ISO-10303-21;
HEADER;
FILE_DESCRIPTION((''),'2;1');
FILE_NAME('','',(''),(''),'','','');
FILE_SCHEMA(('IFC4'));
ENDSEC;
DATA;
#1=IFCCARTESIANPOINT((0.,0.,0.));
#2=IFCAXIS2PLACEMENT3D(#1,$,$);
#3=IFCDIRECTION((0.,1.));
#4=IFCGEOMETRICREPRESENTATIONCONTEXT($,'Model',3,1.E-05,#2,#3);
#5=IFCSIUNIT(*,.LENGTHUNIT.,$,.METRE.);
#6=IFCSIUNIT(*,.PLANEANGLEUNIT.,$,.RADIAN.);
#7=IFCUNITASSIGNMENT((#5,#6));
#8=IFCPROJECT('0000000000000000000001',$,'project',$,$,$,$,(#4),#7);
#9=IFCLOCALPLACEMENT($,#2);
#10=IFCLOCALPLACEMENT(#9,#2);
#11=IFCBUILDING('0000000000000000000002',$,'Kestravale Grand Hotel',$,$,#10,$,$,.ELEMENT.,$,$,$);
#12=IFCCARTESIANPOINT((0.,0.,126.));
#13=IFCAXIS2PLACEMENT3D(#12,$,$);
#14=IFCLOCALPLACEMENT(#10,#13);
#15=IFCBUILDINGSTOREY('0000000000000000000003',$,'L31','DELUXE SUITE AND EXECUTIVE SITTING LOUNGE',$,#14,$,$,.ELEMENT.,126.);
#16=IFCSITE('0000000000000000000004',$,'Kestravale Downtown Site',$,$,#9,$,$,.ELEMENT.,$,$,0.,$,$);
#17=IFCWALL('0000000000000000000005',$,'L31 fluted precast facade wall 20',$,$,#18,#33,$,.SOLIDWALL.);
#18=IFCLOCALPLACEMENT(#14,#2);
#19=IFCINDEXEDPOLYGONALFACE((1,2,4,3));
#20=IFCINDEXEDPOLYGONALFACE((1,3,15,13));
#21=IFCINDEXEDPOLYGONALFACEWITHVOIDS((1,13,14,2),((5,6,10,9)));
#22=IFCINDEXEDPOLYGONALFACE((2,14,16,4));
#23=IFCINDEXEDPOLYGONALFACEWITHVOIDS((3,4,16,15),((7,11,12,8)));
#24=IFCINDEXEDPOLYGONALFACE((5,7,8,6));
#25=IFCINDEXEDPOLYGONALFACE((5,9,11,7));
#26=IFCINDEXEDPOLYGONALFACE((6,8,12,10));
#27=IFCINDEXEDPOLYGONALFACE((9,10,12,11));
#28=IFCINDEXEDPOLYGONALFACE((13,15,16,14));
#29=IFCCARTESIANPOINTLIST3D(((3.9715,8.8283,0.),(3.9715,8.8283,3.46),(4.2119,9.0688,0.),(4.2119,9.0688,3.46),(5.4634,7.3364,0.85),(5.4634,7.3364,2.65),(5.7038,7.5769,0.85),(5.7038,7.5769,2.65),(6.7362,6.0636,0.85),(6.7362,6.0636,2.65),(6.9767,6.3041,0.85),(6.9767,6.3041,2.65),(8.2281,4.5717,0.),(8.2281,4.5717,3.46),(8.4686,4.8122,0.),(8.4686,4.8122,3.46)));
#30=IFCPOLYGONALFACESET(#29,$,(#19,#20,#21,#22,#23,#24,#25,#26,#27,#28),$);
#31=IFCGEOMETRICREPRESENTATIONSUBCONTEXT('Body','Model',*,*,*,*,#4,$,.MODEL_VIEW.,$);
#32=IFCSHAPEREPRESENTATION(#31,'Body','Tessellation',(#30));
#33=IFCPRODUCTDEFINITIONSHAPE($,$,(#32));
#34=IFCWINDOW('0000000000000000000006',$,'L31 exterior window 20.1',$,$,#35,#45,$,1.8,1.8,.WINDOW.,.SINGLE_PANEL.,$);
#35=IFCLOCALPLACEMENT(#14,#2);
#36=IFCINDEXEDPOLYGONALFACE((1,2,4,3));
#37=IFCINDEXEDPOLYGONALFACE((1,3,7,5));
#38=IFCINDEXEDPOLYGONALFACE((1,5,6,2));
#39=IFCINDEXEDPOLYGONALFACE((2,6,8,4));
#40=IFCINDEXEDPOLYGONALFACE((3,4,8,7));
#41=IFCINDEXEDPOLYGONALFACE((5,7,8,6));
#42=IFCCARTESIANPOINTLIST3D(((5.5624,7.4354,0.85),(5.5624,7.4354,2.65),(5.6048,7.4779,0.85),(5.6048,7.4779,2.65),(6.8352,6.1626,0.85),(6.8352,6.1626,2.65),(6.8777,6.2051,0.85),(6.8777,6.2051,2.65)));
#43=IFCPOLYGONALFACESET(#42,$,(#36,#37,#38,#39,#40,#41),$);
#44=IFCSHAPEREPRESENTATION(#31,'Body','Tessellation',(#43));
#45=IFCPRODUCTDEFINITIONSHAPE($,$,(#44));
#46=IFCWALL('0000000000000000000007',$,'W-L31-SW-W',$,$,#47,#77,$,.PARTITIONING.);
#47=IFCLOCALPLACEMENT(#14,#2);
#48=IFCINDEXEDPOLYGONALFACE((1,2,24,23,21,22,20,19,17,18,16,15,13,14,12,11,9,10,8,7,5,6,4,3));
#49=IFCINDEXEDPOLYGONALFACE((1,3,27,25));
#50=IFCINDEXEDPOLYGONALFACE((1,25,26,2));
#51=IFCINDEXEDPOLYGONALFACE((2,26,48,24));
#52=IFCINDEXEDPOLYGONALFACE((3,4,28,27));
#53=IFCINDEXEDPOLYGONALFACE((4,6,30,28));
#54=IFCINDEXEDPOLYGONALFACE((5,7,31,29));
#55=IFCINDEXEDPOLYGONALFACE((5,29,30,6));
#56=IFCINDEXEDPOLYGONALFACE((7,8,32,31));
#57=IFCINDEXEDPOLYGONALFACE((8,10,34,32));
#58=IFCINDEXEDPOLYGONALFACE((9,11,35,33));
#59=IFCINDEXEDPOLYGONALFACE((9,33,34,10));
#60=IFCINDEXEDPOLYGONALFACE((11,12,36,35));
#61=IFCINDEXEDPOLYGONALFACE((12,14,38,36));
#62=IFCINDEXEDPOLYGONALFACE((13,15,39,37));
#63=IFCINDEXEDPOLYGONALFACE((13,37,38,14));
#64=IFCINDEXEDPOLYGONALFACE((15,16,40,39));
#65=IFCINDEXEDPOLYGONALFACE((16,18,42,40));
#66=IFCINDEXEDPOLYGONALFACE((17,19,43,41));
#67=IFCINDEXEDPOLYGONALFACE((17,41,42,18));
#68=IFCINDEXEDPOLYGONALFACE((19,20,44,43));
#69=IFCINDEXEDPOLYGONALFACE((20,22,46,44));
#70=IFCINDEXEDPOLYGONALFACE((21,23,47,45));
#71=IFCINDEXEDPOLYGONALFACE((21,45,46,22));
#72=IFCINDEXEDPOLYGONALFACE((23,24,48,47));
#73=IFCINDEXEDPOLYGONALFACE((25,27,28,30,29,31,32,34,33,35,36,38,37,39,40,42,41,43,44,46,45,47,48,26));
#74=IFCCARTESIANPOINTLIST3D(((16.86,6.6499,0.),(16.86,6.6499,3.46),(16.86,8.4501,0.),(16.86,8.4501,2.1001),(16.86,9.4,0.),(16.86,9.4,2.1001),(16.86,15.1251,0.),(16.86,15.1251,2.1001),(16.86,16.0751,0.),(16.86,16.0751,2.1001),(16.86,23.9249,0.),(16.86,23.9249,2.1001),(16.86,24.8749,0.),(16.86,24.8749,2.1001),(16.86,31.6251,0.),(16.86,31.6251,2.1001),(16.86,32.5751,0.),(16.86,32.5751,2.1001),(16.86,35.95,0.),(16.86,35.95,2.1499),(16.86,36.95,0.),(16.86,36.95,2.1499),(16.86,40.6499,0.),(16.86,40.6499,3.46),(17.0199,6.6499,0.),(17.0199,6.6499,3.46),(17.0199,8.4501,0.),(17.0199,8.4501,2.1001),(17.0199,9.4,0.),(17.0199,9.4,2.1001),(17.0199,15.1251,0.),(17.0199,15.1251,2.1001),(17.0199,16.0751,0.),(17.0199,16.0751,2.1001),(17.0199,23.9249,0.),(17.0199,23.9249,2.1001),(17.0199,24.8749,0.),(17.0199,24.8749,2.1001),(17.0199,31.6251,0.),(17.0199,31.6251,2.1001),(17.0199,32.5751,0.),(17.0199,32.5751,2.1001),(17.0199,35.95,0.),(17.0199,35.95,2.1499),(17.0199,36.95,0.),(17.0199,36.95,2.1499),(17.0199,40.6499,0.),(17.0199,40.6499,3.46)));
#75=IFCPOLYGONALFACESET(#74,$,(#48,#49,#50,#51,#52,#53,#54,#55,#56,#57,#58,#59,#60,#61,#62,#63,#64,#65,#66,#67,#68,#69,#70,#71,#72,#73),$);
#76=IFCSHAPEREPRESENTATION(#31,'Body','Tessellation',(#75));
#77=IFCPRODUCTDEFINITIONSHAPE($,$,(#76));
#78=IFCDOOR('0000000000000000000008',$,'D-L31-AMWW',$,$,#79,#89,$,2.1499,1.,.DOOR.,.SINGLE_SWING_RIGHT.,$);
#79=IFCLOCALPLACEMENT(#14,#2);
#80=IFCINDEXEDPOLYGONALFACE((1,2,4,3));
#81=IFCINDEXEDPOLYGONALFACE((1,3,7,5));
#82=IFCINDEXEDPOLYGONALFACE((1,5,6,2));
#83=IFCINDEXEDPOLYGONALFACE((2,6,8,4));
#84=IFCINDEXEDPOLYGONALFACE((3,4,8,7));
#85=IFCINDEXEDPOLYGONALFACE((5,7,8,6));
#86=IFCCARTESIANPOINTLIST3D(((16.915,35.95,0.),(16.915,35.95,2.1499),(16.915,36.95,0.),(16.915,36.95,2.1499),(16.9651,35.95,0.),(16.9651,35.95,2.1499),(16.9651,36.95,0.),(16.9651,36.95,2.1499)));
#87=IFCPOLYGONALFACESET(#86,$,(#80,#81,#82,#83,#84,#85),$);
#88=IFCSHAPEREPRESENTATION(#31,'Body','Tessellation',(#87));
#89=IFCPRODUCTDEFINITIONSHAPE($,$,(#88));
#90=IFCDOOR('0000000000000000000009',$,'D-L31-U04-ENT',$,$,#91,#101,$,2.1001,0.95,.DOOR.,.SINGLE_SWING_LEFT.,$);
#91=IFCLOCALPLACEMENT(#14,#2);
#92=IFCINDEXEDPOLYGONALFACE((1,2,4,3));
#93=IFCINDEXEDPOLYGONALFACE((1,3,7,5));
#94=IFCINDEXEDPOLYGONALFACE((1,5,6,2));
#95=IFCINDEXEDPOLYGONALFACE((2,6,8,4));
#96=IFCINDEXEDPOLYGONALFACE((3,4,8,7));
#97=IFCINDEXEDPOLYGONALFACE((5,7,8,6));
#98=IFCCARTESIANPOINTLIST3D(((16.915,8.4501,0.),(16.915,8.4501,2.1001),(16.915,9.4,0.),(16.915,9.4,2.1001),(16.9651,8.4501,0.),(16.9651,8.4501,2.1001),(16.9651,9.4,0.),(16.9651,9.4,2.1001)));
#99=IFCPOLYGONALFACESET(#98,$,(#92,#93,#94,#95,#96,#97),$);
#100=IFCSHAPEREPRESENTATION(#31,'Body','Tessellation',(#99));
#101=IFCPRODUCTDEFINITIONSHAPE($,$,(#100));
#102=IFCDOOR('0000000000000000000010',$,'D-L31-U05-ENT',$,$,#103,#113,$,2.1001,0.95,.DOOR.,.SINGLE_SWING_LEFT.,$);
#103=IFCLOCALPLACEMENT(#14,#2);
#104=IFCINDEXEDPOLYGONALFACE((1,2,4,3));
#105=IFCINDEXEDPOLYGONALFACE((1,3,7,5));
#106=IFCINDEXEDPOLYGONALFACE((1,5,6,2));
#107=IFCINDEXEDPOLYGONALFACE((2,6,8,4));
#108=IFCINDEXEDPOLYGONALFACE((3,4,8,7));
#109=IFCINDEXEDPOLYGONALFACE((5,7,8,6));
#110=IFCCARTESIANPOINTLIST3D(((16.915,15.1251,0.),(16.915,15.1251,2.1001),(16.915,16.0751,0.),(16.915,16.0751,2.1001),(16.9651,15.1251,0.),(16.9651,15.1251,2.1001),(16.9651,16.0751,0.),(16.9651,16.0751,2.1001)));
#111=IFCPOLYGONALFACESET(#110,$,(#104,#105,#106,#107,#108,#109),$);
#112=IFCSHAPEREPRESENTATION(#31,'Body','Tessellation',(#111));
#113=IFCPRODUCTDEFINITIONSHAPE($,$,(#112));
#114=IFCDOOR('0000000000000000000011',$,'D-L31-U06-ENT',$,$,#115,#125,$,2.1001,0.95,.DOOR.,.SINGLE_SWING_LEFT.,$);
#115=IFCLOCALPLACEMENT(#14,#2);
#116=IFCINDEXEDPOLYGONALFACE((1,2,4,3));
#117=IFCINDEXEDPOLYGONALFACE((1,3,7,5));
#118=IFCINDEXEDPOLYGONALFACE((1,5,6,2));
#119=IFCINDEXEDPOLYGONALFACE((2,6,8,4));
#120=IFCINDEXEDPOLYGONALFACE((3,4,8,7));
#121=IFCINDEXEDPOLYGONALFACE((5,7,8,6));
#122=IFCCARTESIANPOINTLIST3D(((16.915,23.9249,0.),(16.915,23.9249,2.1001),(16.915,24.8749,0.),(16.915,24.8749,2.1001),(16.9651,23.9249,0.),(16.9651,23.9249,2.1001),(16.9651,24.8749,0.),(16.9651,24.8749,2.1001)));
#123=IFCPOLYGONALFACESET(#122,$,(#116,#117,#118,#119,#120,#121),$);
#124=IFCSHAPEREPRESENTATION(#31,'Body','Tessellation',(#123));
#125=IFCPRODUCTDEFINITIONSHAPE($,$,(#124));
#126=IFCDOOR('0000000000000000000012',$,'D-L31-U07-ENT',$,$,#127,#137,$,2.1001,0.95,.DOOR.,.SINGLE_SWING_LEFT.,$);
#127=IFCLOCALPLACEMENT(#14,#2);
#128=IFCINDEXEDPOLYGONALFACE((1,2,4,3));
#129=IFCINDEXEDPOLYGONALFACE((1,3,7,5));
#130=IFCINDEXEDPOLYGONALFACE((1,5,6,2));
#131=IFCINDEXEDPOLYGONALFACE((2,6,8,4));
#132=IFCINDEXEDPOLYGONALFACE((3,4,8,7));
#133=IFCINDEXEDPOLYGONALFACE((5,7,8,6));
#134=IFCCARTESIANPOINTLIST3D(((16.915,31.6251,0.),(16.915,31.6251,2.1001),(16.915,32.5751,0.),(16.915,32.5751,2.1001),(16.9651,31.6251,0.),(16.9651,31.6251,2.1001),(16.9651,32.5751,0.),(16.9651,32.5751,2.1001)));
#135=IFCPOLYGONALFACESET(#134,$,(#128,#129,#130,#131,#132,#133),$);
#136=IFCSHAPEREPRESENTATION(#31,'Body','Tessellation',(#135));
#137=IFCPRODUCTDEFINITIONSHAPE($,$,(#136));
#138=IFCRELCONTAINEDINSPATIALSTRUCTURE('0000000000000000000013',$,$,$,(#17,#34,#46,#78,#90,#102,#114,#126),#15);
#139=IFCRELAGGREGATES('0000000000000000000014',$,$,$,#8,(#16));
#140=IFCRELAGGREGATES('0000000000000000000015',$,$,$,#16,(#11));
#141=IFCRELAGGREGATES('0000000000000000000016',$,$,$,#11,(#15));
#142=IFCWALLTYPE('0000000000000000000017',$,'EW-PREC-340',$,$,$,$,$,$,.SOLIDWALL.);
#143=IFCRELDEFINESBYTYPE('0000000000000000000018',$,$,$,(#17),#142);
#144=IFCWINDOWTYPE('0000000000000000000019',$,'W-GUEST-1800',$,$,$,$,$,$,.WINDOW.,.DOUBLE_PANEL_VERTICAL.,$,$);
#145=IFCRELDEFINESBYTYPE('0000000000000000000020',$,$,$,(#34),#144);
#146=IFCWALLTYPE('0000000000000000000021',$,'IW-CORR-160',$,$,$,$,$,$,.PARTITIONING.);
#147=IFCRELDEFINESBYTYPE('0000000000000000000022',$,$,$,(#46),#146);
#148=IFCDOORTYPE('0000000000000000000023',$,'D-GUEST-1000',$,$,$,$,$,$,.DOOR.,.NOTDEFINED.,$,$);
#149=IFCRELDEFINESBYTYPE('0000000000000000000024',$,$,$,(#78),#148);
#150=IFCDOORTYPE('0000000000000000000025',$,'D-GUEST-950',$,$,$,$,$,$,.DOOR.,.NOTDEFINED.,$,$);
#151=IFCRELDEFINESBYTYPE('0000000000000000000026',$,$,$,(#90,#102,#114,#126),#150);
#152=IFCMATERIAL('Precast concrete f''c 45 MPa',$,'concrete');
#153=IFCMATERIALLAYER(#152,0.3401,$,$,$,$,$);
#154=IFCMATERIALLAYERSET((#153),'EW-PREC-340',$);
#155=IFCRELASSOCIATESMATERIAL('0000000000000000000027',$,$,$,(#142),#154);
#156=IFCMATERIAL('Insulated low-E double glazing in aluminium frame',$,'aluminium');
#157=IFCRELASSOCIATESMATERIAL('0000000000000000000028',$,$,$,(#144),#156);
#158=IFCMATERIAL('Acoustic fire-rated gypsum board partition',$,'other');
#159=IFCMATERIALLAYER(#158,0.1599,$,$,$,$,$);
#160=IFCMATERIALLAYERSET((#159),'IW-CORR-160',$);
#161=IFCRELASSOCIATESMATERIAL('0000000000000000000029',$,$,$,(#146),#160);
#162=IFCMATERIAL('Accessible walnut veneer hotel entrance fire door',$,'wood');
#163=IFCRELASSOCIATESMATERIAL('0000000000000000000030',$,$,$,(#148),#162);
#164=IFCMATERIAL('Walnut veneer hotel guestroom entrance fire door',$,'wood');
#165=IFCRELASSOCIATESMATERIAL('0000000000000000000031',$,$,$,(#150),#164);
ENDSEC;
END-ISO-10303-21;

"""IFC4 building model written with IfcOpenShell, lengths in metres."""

from ifc_helpers import new_model, si_unit, direction, frame, frame_2d, origin, place, context, subcontext, project, spatial, rectangle, extrude, material, layer, layer_set, type_object, element, fill, save


model = new_model("IFC4")

# Units and contexts
model_context = context("Model", 3, precision=1e-05, world=origin(), true_north=direction((0.0, 1.0)))
body_context = subcontext(model_context, "Body", "Model", "MODEL_VIEW")
ifc_project = project(units=[si_unit("LENGTHUNIT", "METRE"), si_unit("PLANEANGLEUNIT", "RADIAN")], contexts=[model_context])

# Site, building, storey
site_placement = place(None, origin())
site = spatial("IfcSite", under=ifc_project, at=site_placement, Name="Kestravale Downtown Site", CompositionType="ELEMENT", RefElevation=0.0)
building_placement = place(site_placement, origin())
building = spatial("IfcBuilding", under=site, at=building_placement, Name="Kestravale Grand Hotel", CompositionType="ELEMENT")
storey_placement = place(building_placement, frame((0.0, 0.0, 126.0)))
storey = spatial("IfcBuildingStorey", under=building, at=storey_placement, Name="L31", Description="DELUXE SUITE AND EXECUTIVE SITTING LOUNGE", CompositionType="ELEMENT", Elevation=126.0)

# Wall, opening, window
ifc_material_1 = material(Name="Precast concrete f'c 45 MPa", Category="concrete")
ifc_layer_1 = layer(ifc_material_1, 0.3401)
ifc_layer_set_1 = layer_set([ifc_layer_1], Name="EW-PREC-340")
wall_type_1 = type_object("IfcWallType", Name="EW-PREC-340", PredefinedType="SOLIDWALL", material=ifc_layer_set_1)
ifc_material_2 = material(Name="Insulated low-E double glazing in aluminium frame", Category="aluminium")
window_type = type_object("IfcWindowType", Name="W-GUEST-1800", PartitioningType="DOUBLE_PANEL_VERTICAL", PredefinedType="WINDOW", material=ifc_material_2)
wall_1_placement = place(storey_placement, frame((4.0918, 8.9485, 0.0), z_axis=(0.0, 0.0, 1.0), x_axis=(0.707107, -0.707107, 0.0)))
wall_1 = element("IfcWall", 1, at=wall_1_placement, inside=storey, type_object=wall_type_1, Name="L31 fluted precast facade wall 20", PredefinedType="SOLIDWALL", context=body_context, shape_type="SweptSolid", body=[
    extrude(rectangle(XDim=6.0198, YDim=0.3401, at=frame_2d((3.0098, 0.0))), origin(), (0.0, 0.0, 1.0), 3.46),
])
opening_1_placement = place(wall_1_placement, frame((2.1099, 0.0, 0.8501)))
opening_1 = element("IfcOpeningElement", 2, at=opening_1_placement, cuts=wall_1, PredefinedType="OPENING", context=body_context, shape_type="SweptSolid", body=[
    extrude(rectangle(XDim=1.8, YDim=1.8, at=frame_2d((0.8999, 0.8999))), frame((0.0, 0.1799, 0.0), z_axis=(0.0, -1.0, 0.0), x_axis=(1.0, 0.0, 0.0)), (0.0, 0.0, 1.0), 0.3601),
])
window_1_placement = place(opening_1_placement, origin())
window_1 = element("IfcWindow", 3, at=window_1_placement, inside=storey, type_object=window_type, Name="L31 exterior window 20.1", OverallHeight=1.8, OverallWidth=1.8, PartitioningType="SINGLE_PANEL", PredefinedType="WINDOW", context=body_context, shape_type="SweptSolid", body=[
    extrude(rectangle(XDim=1.8, YDim=1.8, at=frame_2d((0.8999, 0.8999))), frame((0.0, 0.03, 0.0), z_axis=(0.0, -1.0, 0.0), x_axis=(1.0, 0.0, 0.0)), (0.0, 0.0, 1.0), 0.0601),
])
fill(opening_1, window_1)

# Wall, openings, doors
ifc_material_3 = material(Name="Acoustic fire-rated gypsum board partition", Category="other")
ifc_layer_2 = layer(ifc_material_3, 0.1599)
ifc_layer_set_2 = layer_set([ifc_layer_2], Name="IW-CORR-160")
wall_type_2 = type_object("IfcWallType", Name="IW-CORR-160", PredefinedType="PARTITIONING", material=ifc_layer_set_2)
wall_2_placement = place(storey_placement, frame((16.9399, 6.6499, 0.0), z_axis=(0.0, 0.0, 1.0), x_axis=(0.0, 1.0, 0.0)))
wall_2 = element("IfcWall", 4, at=wall_2_placement, inside=storey, type_object=wall_type_2, Name="W-L31-SW-W", PredefinedType="PARTITIONING", context=body_context, shape_type="SweptSolid", body=[
    extrude(rectangle(XDim=34.0, YDim=0.1599, at=frame_2d((17.0, 0.0))), origin(), (0.0, 0.0, 1.0), 3.46),
])
opening_2_placement = place(wall_2_placement, frame((1.8, 0.0, 0.0)))
opening_2 = element("IfcOpeningElement", 5, at=opening_2_placement, cuts=wall_2, PredefinedType="OPENING", context=body_context, shape_type="SweptSolid", body=[
    extrude(rectangle(XDim=0.95, YDim=2.1001, at=frame_2d((0.4751, 1.05))), frame((0.0, 0.0898, 0.0), z_axis=(0.0, -1.0, 0.0), x_axis=(1.0, 0.0, 0.0)), (0.0, 0.0, 1.0), 0.1799),
])
opening_3_placement = place(wall_2_placement, frame((8.4751, 0.0, 0.0)))
opening_3 = element("IfcOpeningElement", 6, at=opening_3_placement, cuts=wall_2, PredefinedType="OPENING", context=body_context, shape_type="SweptSolid", body=[
    extrude(rectangle(XDim=0.95, YDim=2.1001, at=frame_2d((0.4751, 1.05))), frame((0.0, 0.0898, 0.0), z_axis=(0.0, -1.0, 0.0), x_axis=(1.0, 0.0, 0.0)), (0.0, 0.0, 1.0), 0.1799),
])
opening_4_placement = place(wall_2_placement, frame((17.2749, 0.0, 0.0)))
opening_4 = element("IfcOpeningElement", 7, at=opening_4_placement, cuts=wall_2, PredefinedType="OPENING", context=body_context, shape_type="SweptSolid", body=[
    extrude(rectangle(XDim=0.95, YDim=2.1001, at=frame_2d((0.4751, 1.05))), frame((0.0, 0.0898, 0.0), z_axis=(0.0, -1.0, 0.0), x_axis=(1.0, 0.0, 0.0)), (0.0, 0.0, 1.0), 0.1799),
])
opening_5_placement = place(wall_2_placement, frame((24.9751, 0.0, 0.0)))
opening_5 = element("IfcOpeningElement", 8, at=opening_5_placement, cuts=wall_2, PredefinedType="OPENING", context=body_context, shape_type="SweptSolid", body=[
    extrude(rectangle(XDim=0.95, YDim=2.1001, at=frame_2d((0.4751, 1.05))), frame((0.0, 0.0898, 0.0), z_axis=(0.0, -1.0, 0.0), x_axis=(1.0, 0.0, 0.0)), (0.0, 0.0, 1.0), 0.1799),
])
opening_6_placement = place(wall_2_placement, frame((29.3, 0.0, 0.0)))
opening_6 = element("IfcOpeningElement", 9, at=opening_6_placement, cuts=wall_2, PredefinedType="OPENING", context=body_context, shape_type="SweptSolid", body=[
    extrude(rectangle(XDim=1.0, YDim=2.1499, at=frame_2d((0.5, 1.075))), frame((0.0, 0.0898, 0.0), z_axis=(0.0, -1.0, 0.0), x_axis=(1.0, 0.0, 0.0)), (0.0, 0.0, 1.0), 0.1799),
])
ifc_material_4 = material(Name="Accessible walnut veneer hotel entrance fire door", Category="wood")
door_type_1 = type_object("IfcDoorType", Name="D-GUEST-1000", OperationType="NOTDEFINED", PredefinedType="DOOR", material=ifc_material_4)
door_1_placement = place(opening_6_placement, origin())
door_1 = element("IfcDoor", 10, at=door_1_placement, inside=storey, type_object=door_type_1, Name="D-L31-AMWW", OperationType="SINGLE_SWING_RIGHT", OverallHeight=2.1499, OverallWidth=1.0, PredefinedType="DOOR", context=body_context, shape_type="SweptSolid", body=[
    extrude(rectangle(XDim=1.0, YDim=2.1499, at=frame_2d((0.5, 1.075))), frame((0.0, 0.0249, 0.0), z_axis=(0.0, -1.0, 0.0), x_axis=(1.0, 0.0, 0.0)), (0.0, 0.0, 1.0), 0.05),
])
fill(opening_6, door_1)
ifc_material_5 = material(Name="Walnut veneer hotel guestroom entrance fire door", Category="wood")
door_type_2 = type_object("IfcDoorType", Name="D-GUEST-950", OperationType="NOTDEFINED", PredefinedType="DOOR", material=ifc_material_5)
door_2_placement = place(opening_2_placement, origin())
door_2 = element("IfcDoor", 11, at=door_2_placement, inside=storey, type_object=door_type_2, Name="D-L31-U04-ENT", OperationType="SINGLE_SWING_LEFT", OverallHeight=2.1001, OverallWidth=0.95, PredefinedType="DOOR", context=body_context, shape_type="SweptSolid", body=[
    extrude(rectangle(XDim=0.95, YDim=2.1001, at=frame_2d((0.4751, 1.05))), frame((0.0, 0.0249, 0.0), z_axis=(0.0, -1.0, 0.0), x_axis=(1.0, 0.0, 0.0)), (0.0, 0.0, 1.0), 0.05),
])
fill(opening_2, door_2)
door_3_placement = place(opening_3_placement, origin())
door_3 = element("IfcDoor", 12, at=door_3_placement, inside=storey, type_object=door_type_2, Name="D-L31-U05-ENT", OperationType="SINGLE_SWING_LEFT", OverallHeight=2.1001, OverallWidth=0.95, PredefinedType="DOOR", context=body_context, shape_type="SweptSolid", body=[
    extrude(rectangle(XDim=0.95, YDim=2.1001, at=frame_2d((0.4751, 1.05))), frame((0.0, 0.0249, 0.0), z_axis=(0.0, -1.0, 0.0), x_axis=(1.0, 0.0, 0.0)), (0.0, 0.0, 1.0), 0.05),
])
fill(opening_3, door_3)
door_4_placement = place(opening_4_placement, origin())
door_4 = element("IfcDoor", 13, at=door_4_placement, inside=storey, type_object=door_type_2, Name="D-L31-U06-ENT", OperationType="SINGLE_SWING_LEFT", OverallHeight=2.1001, OverallWidth=0.95, PredefinedType="DOOR", context=body_context, shape_type="SweptSolid", body=[
    extrude(rectangle(XDim=0.95, YDim=2.1001, at=frame_2d((0.4751, 1.05))), frame((0.0, 0.0249, 0.0), z_axis=(0.0, -1.0, 0.0), x_axis=(1.0, 0.0, 0.0)), (0.0, 0.0, 1.0), 0.05),
])
fill(opening_4, door_4)
door_5_placement = place(opening_5_placement, origin())
door_5 = element("IfcDoor", 14, at=door_5_placement, inside=storey, type_object=door_type_2, Name="D-L31-U07-ENT", OperationType="SINGLE_SWING_LEFT", OverallHeight=2.1001, OverallWidth=0.95, PredefinedType="DOOR", context=body_context, shape_type="SweptSolid", body=[
    extrude(rectangle(XDim=0.95, YDim=2.1001, at=frame_2d((0.4751, 1.05))), frame((0.0, 0.0249, 0.0), z_axis=(0.0, -1.0, 0.0), x_axis=(1.0, 0.0, 0.0)), (0.0, 0.0, 1.0), 0.05),
])
fill(opening_5, door_5)

save(model, "model.ifc")
